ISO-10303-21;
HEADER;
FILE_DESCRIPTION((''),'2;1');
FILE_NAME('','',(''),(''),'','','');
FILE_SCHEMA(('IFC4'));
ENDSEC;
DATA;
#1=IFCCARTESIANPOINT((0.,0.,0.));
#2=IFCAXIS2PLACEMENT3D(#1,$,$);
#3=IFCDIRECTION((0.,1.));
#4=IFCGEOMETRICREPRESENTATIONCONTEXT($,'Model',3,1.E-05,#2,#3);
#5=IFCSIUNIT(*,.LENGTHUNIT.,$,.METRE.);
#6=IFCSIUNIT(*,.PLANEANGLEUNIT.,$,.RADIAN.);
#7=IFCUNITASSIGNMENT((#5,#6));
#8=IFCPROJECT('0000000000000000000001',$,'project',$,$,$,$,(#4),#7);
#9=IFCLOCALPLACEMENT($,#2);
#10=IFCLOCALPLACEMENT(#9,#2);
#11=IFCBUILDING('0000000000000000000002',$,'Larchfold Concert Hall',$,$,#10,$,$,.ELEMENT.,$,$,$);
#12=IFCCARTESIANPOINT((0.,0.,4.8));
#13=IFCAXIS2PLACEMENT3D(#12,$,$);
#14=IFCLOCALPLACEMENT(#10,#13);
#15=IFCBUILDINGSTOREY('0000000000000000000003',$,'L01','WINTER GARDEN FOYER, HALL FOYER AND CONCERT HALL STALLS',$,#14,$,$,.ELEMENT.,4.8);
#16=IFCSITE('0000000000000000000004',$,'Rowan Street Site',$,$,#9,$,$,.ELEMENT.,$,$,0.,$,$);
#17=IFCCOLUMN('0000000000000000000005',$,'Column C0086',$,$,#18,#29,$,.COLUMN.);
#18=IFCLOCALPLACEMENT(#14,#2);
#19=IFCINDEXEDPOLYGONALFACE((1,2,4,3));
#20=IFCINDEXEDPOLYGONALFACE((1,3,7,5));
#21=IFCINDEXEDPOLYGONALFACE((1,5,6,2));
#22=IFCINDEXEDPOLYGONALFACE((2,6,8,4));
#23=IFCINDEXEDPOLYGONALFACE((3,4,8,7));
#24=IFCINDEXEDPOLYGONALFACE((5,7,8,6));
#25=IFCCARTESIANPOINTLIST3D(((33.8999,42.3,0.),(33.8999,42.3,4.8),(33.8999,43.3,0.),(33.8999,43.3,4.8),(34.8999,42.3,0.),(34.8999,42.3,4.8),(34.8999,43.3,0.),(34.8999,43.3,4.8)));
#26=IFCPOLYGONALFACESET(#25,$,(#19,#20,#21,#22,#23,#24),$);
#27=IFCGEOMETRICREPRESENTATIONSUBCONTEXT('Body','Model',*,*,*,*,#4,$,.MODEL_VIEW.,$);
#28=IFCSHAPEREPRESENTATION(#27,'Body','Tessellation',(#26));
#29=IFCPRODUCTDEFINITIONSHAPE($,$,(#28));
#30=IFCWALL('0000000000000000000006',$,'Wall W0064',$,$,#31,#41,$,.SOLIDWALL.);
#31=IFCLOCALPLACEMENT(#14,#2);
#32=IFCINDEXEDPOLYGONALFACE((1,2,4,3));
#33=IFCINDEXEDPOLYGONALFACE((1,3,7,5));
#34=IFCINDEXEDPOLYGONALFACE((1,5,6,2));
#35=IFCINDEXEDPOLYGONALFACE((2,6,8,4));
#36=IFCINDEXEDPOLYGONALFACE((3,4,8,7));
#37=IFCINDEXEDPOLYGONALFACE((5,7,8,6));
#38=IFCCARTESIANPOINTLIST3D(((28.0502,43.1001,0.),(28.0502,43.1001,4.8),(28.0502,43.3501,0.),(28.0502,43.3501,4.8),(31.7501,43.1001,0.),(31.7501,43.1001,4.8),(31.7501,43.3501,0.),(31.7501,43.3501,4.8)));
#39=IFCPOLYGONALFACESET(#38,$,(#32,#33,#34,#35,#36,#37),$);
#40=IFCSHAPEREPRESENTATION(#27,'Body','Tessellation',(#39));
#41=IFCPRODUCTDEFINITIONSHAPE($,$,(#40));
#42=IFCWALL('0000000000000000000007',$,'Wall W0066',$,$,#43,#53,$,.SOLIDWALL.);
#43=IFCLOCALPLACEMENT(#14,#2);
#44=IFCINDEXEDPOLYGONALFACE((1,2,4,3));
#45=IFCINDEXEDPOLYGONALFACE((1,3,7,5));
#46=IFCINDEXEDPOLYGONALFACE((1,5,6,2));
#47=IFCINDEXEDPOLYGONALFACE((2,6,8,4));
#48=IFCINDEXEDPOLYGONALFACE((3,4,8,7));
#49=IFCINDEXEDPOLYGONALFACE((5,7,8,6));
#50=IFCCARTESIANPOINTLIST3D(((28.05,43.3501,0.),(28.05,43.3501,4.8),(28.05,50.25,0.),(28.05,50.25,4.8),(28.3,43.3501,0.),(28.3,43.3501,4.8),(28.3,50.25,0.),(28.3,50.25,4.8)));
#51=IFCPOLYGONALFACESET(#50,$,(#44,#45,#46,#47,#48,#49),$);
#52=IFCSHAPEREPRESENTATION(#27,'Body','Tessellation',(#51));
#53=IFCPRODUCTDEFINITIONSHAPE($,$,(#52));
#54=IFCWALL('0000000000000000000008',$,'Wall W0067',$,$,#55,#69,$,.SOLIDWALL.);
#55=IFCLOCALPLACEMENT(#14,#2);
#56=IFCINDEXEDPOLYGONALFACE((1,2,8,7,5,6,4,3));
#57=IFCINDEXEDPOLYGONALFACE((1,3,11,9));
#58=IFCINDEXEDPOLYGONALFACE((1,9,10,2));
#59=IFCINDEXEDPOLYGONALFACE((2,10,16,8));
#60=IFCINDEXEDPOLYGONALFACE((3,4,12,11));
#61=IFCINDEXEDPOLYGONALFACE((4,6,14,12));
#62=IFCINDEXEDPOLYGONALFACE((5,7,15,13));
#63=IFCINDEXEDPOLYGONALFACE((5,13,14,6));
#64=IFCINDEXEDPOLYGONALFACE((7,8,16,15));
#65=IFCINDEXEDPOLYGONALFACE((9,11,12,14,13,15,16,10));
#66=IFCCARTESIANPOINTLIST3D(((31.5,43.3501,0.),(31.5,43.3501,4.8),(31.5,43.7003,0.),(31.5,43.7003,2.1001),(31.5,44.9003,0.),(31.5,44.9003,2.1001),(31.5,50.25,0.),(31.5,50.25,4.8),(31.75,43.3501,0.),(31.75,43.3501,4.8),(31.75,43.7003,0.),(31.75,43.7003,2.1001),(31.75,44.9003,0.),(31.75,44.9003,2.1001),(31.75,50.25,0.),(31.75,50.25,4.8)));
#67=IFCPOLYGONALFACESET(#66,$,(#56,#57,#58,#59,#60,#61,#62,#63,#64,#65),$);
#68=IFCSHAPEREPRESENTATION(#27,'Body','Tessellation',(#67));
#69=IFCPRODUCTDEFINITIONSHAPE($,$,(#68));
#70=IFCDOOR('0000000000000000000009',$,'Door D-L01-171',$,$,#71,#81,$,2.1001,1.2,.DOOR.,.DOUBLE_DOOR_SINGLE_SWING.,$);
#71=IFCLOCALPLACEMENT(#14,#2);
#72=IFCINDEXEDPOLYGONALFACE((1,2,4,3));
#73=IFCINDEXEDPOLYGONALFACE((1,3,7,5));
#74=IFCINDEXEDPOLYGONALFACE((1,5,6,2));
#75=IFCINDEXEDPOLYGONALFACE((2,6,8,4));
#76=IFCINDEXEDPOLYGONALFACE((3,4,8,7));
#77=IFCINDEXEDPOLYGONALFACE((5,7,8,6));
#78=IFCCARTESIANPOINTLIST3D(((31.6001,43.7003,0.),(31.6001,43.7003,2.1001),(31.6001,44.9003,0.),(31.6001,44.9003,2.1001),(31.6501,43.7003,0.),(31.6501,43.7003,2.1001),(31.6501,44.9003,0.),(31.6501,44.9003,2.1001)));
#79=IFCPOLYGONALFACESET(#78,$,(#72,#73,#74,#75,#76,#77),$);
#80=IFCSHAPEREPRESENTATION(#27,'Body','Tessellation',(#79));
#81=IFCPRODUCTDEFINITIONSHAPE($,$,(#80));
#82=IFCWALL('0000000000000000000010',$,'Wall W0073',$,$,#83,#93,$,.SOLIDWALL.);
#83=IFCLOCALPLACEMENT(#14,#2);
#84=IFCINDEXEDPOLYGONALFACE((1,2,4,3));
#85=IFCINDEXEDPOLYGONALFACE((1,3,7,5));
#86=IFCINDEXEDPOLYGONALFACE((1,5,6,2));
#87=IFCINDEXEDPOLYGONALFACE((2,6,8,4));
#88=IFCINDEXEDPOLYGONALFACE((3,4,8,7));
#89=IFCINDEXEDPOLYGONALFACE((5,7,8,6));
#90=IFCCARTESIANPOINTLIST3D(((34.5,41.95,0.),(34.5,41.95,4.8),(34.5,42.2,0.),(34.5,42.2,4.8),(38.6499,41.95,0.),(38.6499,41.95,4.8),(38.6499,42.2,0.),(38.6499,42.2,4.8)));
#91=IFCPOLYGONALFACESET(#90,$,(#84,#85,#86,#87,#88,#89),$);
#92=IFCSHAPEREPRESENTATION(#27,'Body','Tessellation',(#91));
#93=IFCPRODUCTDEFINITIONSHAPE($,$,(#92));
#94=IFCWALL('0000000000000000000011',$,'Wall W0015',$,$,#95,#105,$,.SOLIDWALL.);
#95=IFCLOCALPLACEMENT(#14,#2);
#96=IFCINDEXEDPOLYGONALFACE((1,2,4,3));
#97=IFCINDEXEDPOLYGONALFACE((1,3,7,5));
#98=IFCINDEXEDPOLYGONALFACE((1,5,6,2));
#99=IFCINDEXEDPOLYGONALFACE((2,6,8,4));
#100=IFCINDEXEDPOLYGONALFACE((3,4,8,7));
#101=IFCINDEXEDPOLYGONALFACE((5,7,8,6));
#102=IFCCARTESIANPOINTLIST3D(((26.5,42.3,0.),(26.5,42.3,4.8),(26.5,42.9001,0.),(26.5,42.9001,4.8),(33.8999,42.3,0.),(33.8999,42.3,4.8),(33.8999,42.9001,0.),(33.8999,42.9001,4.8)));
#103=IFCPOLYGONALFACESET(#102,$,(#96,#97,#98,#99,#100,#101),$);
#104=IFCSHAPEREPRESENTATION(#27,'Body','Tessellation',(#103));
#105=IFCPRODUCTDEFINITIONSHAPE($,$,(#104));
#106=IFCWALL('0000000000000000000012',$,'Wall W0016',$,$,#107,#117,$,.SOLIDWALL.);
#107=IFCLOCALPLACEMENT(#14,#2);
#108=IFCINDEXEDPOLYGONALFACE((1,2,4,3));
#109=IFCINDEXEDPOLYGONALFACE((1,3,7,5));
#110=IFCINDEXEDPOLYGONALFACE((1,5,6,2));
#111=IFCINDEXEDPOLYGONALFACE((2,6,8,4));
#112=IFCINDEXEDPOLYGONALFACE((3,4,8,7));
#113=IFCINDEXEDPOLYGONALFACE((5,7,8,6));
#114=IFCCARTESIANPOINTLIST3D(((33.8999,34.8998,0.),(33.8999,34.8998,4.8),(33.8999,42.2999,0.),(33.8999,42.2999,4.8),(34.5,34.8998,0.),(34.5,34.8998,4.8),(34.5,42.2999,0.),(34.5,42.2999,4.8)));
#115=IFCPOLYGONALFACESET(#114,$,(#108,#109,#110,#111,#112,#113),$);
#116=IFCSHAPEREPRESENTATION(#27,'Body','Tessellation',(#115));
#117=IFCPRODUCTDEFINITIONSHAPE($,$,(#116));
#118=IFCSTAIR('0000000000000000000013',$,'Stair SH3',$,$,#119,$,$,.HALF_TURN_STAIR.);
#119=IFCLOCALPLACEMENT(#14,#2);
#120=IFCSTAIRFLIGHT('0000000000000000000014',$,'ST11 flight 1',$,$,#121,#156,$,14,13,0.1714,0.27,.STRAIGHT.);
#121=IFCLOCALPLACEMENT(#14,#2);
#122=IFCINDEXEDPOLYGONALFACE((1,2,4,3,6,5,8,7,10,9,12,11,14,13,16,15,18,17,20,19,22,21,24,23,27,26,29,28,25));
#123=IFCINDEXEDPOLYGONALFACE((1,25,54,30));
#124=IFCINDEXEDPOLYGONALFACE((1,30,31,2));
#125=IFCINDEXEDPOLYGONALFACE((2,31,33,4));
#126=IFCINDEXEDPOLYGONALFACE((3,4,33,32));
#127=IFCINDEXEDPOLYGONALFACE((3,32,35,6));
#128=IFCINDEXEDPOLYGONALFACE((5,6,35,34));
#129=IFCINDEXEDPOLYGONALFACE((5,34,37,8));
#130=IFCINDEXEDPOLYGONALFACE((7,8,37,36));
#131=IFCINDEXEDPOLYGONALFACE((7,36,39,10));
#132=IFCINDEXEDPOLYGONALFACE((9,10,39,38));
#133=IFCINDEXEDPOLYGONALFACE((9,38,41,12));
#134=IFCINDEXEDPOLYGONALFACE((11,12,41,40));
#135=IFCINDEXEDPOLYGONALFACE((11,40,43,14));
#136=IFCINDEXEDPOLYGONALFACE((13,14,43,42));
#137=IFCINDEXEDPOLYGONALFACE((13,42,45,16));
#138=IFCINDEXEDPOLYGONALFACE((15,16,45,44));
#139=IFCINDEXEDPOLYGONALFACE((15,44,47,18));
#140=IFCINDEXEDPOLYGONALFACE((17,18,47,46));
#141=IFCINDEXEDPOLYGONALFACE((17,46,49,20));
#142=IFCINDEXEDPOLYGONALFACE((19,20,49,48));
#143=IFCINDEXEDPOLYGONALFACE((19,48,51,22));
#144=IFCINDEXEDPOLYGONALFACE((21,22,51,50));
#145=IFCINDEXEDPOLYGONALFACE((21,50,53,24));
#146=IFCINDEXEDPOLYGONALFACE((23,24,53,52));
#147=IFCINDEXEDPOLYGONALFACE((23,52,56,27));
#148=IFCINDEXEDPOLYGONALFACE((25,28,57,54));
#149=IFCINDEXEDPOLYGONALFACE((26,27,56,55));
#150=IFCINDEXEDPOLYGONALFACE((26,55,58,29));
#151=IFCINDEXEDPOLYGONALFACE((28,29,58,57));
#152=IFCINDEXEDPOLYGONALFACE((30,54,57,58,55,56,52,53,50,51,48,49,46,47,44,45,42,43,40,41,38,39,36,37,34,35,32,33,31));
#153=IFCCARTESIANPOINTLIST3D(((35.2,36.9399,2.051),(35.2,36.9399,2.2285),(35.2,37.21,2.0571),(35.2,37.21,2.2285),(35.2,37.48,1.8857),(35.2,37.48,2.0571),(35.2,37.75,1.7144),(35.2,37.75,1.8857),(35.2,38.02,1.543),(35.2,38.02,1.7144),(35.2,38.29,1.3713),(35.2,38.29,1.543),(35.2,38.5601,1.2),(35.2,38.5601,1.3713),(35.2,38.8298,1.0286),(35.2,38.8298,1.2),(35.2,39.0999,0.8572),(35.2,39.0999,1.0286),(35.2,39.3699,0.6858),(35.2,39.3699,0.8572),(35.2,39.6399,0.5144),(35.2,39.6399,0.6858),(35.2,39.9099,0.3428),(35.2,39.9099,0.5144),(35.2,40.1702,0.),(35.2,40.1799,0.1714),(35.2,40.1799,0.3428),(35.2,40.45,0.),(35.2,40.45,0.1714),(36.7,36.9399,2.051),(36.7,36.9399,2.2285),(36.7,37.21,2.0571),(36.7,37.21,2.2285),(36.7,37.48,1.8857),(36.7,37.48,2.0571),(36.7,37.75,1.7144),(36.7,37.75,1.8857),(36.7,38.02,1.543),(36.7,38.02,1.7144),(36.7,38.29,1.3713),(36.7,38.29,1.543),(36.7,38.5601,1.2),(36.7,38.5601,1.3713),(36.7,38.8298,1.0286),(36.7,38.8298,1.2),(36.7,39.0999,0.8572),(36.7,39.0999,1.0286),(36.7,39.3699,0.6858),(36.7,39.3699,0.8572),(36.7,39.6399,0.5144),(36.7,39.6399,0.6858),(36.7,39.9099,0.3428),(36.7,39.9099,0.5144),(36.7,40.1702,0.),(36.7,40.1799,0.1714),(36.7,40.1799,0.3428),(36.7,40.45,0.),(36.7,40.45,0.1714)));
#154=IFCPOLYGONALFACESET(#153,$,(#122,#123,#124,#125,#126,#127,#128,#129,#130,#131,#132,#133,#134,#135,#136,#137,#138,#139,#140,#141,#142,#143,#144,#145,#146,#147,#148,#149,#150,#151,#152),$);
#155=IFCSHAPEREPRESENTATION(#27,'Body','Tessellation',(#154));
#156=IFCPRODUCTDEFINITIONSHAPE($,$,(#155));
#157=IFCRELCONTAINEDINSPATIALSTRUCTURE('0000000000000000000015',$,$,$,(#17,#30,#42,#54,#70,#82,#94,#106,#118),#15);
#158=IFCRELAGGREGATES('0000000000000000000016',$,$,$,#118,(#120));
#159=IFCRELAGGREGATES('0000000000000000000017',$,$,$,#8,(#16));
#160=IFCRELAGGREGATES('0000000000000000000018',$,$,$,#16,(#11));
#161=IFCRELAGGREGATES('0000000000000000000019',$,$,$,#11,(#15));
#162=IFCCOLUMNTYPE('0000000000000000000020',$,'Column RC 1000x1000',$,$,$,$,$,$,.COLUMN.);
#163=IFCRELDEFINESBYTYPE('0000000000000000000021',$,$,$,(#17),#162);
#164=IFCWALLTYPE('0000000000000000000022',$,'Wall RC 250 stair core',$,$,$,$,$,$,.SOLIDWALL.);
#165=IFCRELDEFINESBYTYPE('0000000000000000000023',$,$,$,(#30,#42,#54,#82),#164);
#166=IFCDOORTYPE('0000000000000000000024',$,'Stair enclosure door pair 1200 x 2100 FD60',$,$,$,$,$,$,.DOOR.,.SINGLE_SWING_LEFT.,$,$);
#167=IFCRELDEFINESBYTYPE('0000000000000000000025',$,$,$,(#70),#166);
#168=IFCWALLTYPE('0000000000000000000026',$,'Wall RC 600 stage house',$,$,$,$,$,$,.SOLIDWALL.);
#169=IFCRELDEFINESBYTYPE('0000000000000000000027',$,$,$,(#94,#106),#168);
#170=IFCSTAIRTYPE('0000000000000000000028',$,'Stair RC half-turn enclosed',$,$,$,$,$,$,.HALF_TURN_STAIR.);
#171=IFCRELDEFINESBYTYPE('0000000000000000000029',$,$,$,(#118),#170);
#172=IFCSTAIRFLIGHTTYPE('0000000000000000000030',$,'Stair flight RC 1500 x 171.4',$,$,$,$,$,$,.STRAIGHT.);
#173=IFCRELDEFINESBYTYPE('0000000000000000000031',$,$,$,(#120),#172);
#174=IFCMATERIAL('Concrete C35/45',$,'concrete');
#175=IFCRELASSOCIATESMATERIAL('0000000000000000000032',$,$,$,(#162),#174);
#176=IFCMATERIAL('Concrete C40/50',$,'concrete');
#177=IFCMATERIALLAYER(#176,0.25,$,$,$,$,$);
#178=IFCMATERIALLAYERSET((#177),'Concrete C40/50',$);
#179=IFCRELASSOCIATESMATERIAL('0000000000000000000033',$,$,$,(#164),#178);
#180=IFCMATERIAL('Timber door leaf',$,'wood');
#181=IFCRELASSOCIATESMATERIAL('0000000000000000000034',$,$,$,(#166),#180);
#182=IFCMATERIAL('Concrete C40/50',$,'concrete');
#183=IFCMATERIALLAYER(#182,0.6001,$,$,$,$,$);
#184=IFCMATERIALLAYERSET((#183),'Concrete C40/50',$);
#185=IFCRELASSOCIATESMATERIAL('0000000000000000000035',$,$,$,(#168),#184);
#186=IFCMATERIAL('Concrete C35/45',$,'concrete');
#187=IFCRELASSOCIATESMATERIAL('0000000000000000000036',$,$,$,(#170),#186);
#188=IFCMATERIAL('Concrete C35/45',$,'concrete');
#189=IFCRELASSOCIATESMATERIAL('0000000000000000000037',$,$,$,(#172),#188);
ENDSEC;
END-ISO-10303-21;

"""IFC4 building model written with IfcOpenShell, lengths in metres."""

from ifc_helpers import new_model, si_unit, direction, frame, frame_2d, origin, origin_2d, place, context, subcontext, project, spatial, polyline, rectangle, outline, extrude, material, layer, layer_set, material_profile, profile_set, type_object, element, fill, aggregate, save


model = new_model("IFC4")

# Units and contexts
model_context = context("Model", 3, precision=1e-05, world=origin(), true_north=direction((0.0, 1.0)))
body_context = subcontext(model_context, "Body", "Model", "MODEL_VIEW")
ifc_project = project(units=[si_unit("LENGTHUNIT", "METRE"), si_unit("PLANEANGLEUNIT", "RADIAN")], contexts=[model_context])

# Site, building, storey
site_placement = place(None, origin())
site = spatial("IfcSite", under=ifc_project, at=site_placement, Name="Rowan Street Site", CompositionType="ELEMENT", RefElevation=0.0)
building_placement = place(site_placement, origin())
building = spatial("IfcBuilding", under=site, at=building_placement, Name="Larchfold Concert Hall", CompositionType="ELEMENT")
storey_placement = place(building_placement, frame((0.0, 0.0, 4.8)))
storey = spatial("IfcBuildingStorey", under=building, at=storey_placement, Name="L01", Description="WINTER GARDEN FOYER, HALL FOYER AND CONCERT HALL STALLS", CompositionType="ELEMENT", Elevation=4.8)

# Column
ifc_material_1 = material(Name="Concrete C35/45", Category="concrete")
ifc_material_profile = material_profile(ifc_material_1, rectangle(XDim=1.0, YDim=1.0, at=origin_2d()))
ifc_profile_set = profile_set([ifc_material_profile], Name="Concrete C35/45")
column_type = type_object("IfcColumnType", Name="Column RC 1000x1000", PredefinedType="COLUMN", material=ifc_profile_set)
column_placement = place(storey_placement, frame((34.3999, 42.8, 0.0), z_axis=(0.0, 0.0, 1.0), x_axis=(1.0, 0.0, 0.0)))
element("IfcColumn", 1, at=column_placement, inside=storey, type_object=column_type, Name="Column C0086", PredefinedType="COLUMN", context=body_context, shape_type="SweptSolid", body=[
    extrude(rectangle(XDim=1.0, YDim=1.0, at=origin_2d()), origin(), (0.0, 0.0, 1.0), 4.8),
])

# Walls
ifc_material_2 = material(Name="Concrete C40/50", Category="concrete")
ifc_layer_1 = layer(ifc_material_2, 0.25)
ifc_layer_set_1 = layer_set([ifc_layer_1], Name="Concrete C40/50")
wall_type_1 = type_object("IfcWallType", Name="Wall RC 250 stair core", PredefinedType="SOLIDWALL", material=ifc_layer_set_1)
wall_1_placement = place(storey_placement, frame((28.05, 43.2251, 0.0), z_axis=(0.0, 0.0, 1.0), x_axis=(1.0, 0.0, 0.0)))
element("IfcWall", 2, at=wall_1_placement, inside=storey, type_object=wall_type_1, Name="Wall W0064", PredefinedType="SOLIDWALL", context=body_context, shape_type="SweptSolid", body=[
    extrude(rectangle(XDim=3.7, YDim=0.25, at=frame_2d((1.8501, 0.0))), origin(), (0.0, 0.0, 1.0), 4.8),
])
wall_2_placement = place(storey_placement, frame((28.175, 43.3501, 0.0), z_axis=(0.0, 0.0, 1.0), x_axis=(0.0, 1.0, 0.0)))
element("IfcWall", 3, at=wall_2_placement, inside=storey, type_object=wall_type_1, Name="Wall W0066", PredefinedType="SOLIDWALL", context=body_context, shape_type="SweptSolid", body=[
    extrude(rectangle(XDim=6.8999, YDim=0.25, at=frame_2d((3.45, 0.0))), origin(), (0.0, 0.0, 1.0), 4.8),
])

# Wall, opening, door
wall_3_placement = place(storey_placement, frame((31.625, 43.3501, 0.0), z_axis=(0.0, 0.0, 1.0), x_axis=(0.0, 1.0, 0.0)))
wall_3 = element("IfcWall", 4, at=wall_3_placement, inside=storey, type_object=wall_type_1, Name="Wall W0067", PredefinedType="SOLIDWALL", context=body_context, shape_type="SweptSolid", body=[
    extrude(rectangle(XDim=6.8999, YDim=0.25, at=frame_2d((3.45, 0.0))), origin(), (0.0, 0.0, 1.0), 4.8),
])
opening_placement = place(wall_3_placement, frame((0.3501, 0.0, 0.0)))
opening = element("IfcOpeningElement", 5, at=opening_placement, cuts=wall_3, PredefinedType="OPENING", context=body_context, shape_type="SweptSolid", body=[
    extrude(rectangle(XDim=1.2, YDim=2.1001, at=frame_2d((0.6001, 1.05))), frame((0.0, 0.135, 0.0), z_axis=(0.0, -1.0, 0.0), x_axis=(1.0, 0.0, 0.0)), (0.0, 0.0, 1.0), 0.27),
])
ifc_material_3 = material(Name="Timber door leaf", Category="wood")
door_type = type_object("IfcDoorType", Name="Stair enclosure door pair 1200 x 2100 FD60", OperationType="SINGLE_SWING_LEFT", PredefinedType="DOOR", material=ifc_material_3)
door_placement = place(opening_placement, origin())
door = element("IfcDoor", 6, at=door_placement, inside=storey, type_object=door_type, Name="Door D-L01-171", OperationType="DOUBLE_DOOR_SINGLE_SWING", OverallHeight=2.1001, OverallWidth=1.2, PredefinedType="DOOR", context=body_context, shape_type="SweptSolid", body=[
    extrude(rectangle(XDim=1.2, YDim=2.1001, at=frame_2d((0.6001, 1.05))), frame((0.0, 0.0249, 0.0), z_axis=(0.0, -1.0, 0.0), x_axis=(1.0, 0.0, 0.0)), (0.0, 0.0, 1.0), 0.05),
])
fill(opening, door)

# Walls
wall_4_placement = place(storey_placement, frame((34.5, 42.075, 0.0), z_axis=(0.0, 0.0, 1.0), x_axis=(1.0, 0.0, 0.0)))
element("IfcWall", 7, at=wall_4_placement, inside=storey, type_object=wall_type_1, Name="Wall W0073", PredefinedType="SOLIDWALL", context=body_context, shape_type="SweptSolid", body=[
    extrude(rectangle(XDim=4.1499, YDim=0.25, at=frame_2d((2.075, 0.0))), origin(), (0.0, 0.0, 1.0), 4.8),
])
ifc_material_4 = material(Name="Concrete C40/50", Category="concrete")
ifc_layer_2 = layer(ifc_material_4, 0.6001)
ifc_layer_set_2 = layer_set([ifc_layer_2], Name="Concrete C40/50")
wall_type_2 = type_object("IfcWallType", Name="Wall RC 600 stage house", PredefinedType="SOLIDWALL", material=ifc_layer_set_2)
wall_5_placement = place(storey_placement, frame((26.5, 42.6001, 0.0), z_axis=(0.0, 0.0, 1.0), x_axis=(1.0, 0.0, 0.0)))
element("IfcWall", 8, at=wall_5_placement, inside=storey, type_object=wall_type_2, Name="Wall W0015", PredefinedType="SOLIDWALL", context=body_context, shape_type="SweptSolid", body=[
    extrude(rectangle(XDim=7.3999, YDim=0.6001, at=frame_2d((3.7, 0.0))), origin(), (0.0, 0.0, 1.0), 4.8),
])
wall_6_placement = place(storey_placement, frame((34.2, 42.3, 0.0), z_axis=(0.0, 0.0, 1.0), x_axis=(0.0, -1.0, 0.0)))
element("IfcWall", 9, at=wall_6_placement, inside=storey, type_object=wall_type_2, Name="Wall W0016", PredefinedType="SOLIDWALL", context=body_context, shape_type="SweptSolid", body=[
    extrude(rectangle(XDim=7.4001, YDim=0.6001, at=frame_2d((3.7002, 0.0))), origin(), (0.0, 0.0, 1.0), 4.8),
])

# Stair, stair flight
ifc_material_5 = material(Name="Concrete C35/45", Category="concrete")
stair_type = type_object("IfcStairType", Name="Stair RC half-turn enclosed", PredefinedType="HALF_TURN_STAIR", material=ifc_material_5)
stair_placement = place(storey_placement, origin())
stair = element("IfcStair", 10, at=stair_placement, inside=storey, type_object=stair_type, Name="Stair SH3", PredefinedType="HALF_TURN_STAIR")
ifc_material_6 = material(Name="Concrete C35/45", Category="concrete")
stair_flight_type = type_object("IfcStairFlightType", Name="Stair flight RC 1500 x 171.4", PredefinedType="STRAIGHT", material=ifc_material_6)
stair_flight_1_placement = place(storey_placement, frame((35.95, 40.45, 0.0), z_axis=(0.0, 0.0, 1.0), x_axis=(0.0, -1.0, 0.0)))
stair_flight_1 = element("IfcStairFlight", 11, at=stair_flight_1_placement, type_object=stair_flight_type, Name="ST11 flight 1", NumberOfRisers=14, NumberOfTreads=13, PredefinedType="STRAIGHT", RiserHeight=0.1714, TreadLength=0.27, context=body_context, shape_type="SweptSolid", body=[
    extrude(outline(polyline([(0.0, 0.0), (0.0, 0.1714), (0.27, 0.1714), (0.27, 0.3428), (0.54, 0.3428), (0.54, 0.5144), (0.8101, 0.5144), (0.8101, 0.6858), (1.0801, 0.6858), (1.0801, 0.8572), (1.3501, 0.8572), (1.3501, 1.0286), (1.6201, 1.0286), (1.6201, 1.2), (1.8899, 1.2), (1.8899, 1.3713), (2.1599, 1.3713), (2.1599, 1.543), (2.4299, 1.543), (2.4299, 1.7144), (2.7, 1.7144), (2.7, 1.8857), (2.97, 1.8857), (2.97, 2.0571), (3.24, 2.0571), (3.24, 2.2285), (3.51, 2.2285), (3.51, 2.3999), (3.51, 2.051), (0.2798, 0.0), (0.0, 0.0)])), frame((0.0, 0.75, 0.0), z_axis=(0.0, -1.0, 0.0), x_axis=(1.0, 0.0, 0.0)), (0.0, 0.0, 1.0), 1.5),
])
aggregate(stair, [stair_flight_1])

save(model, "model.ifc")
